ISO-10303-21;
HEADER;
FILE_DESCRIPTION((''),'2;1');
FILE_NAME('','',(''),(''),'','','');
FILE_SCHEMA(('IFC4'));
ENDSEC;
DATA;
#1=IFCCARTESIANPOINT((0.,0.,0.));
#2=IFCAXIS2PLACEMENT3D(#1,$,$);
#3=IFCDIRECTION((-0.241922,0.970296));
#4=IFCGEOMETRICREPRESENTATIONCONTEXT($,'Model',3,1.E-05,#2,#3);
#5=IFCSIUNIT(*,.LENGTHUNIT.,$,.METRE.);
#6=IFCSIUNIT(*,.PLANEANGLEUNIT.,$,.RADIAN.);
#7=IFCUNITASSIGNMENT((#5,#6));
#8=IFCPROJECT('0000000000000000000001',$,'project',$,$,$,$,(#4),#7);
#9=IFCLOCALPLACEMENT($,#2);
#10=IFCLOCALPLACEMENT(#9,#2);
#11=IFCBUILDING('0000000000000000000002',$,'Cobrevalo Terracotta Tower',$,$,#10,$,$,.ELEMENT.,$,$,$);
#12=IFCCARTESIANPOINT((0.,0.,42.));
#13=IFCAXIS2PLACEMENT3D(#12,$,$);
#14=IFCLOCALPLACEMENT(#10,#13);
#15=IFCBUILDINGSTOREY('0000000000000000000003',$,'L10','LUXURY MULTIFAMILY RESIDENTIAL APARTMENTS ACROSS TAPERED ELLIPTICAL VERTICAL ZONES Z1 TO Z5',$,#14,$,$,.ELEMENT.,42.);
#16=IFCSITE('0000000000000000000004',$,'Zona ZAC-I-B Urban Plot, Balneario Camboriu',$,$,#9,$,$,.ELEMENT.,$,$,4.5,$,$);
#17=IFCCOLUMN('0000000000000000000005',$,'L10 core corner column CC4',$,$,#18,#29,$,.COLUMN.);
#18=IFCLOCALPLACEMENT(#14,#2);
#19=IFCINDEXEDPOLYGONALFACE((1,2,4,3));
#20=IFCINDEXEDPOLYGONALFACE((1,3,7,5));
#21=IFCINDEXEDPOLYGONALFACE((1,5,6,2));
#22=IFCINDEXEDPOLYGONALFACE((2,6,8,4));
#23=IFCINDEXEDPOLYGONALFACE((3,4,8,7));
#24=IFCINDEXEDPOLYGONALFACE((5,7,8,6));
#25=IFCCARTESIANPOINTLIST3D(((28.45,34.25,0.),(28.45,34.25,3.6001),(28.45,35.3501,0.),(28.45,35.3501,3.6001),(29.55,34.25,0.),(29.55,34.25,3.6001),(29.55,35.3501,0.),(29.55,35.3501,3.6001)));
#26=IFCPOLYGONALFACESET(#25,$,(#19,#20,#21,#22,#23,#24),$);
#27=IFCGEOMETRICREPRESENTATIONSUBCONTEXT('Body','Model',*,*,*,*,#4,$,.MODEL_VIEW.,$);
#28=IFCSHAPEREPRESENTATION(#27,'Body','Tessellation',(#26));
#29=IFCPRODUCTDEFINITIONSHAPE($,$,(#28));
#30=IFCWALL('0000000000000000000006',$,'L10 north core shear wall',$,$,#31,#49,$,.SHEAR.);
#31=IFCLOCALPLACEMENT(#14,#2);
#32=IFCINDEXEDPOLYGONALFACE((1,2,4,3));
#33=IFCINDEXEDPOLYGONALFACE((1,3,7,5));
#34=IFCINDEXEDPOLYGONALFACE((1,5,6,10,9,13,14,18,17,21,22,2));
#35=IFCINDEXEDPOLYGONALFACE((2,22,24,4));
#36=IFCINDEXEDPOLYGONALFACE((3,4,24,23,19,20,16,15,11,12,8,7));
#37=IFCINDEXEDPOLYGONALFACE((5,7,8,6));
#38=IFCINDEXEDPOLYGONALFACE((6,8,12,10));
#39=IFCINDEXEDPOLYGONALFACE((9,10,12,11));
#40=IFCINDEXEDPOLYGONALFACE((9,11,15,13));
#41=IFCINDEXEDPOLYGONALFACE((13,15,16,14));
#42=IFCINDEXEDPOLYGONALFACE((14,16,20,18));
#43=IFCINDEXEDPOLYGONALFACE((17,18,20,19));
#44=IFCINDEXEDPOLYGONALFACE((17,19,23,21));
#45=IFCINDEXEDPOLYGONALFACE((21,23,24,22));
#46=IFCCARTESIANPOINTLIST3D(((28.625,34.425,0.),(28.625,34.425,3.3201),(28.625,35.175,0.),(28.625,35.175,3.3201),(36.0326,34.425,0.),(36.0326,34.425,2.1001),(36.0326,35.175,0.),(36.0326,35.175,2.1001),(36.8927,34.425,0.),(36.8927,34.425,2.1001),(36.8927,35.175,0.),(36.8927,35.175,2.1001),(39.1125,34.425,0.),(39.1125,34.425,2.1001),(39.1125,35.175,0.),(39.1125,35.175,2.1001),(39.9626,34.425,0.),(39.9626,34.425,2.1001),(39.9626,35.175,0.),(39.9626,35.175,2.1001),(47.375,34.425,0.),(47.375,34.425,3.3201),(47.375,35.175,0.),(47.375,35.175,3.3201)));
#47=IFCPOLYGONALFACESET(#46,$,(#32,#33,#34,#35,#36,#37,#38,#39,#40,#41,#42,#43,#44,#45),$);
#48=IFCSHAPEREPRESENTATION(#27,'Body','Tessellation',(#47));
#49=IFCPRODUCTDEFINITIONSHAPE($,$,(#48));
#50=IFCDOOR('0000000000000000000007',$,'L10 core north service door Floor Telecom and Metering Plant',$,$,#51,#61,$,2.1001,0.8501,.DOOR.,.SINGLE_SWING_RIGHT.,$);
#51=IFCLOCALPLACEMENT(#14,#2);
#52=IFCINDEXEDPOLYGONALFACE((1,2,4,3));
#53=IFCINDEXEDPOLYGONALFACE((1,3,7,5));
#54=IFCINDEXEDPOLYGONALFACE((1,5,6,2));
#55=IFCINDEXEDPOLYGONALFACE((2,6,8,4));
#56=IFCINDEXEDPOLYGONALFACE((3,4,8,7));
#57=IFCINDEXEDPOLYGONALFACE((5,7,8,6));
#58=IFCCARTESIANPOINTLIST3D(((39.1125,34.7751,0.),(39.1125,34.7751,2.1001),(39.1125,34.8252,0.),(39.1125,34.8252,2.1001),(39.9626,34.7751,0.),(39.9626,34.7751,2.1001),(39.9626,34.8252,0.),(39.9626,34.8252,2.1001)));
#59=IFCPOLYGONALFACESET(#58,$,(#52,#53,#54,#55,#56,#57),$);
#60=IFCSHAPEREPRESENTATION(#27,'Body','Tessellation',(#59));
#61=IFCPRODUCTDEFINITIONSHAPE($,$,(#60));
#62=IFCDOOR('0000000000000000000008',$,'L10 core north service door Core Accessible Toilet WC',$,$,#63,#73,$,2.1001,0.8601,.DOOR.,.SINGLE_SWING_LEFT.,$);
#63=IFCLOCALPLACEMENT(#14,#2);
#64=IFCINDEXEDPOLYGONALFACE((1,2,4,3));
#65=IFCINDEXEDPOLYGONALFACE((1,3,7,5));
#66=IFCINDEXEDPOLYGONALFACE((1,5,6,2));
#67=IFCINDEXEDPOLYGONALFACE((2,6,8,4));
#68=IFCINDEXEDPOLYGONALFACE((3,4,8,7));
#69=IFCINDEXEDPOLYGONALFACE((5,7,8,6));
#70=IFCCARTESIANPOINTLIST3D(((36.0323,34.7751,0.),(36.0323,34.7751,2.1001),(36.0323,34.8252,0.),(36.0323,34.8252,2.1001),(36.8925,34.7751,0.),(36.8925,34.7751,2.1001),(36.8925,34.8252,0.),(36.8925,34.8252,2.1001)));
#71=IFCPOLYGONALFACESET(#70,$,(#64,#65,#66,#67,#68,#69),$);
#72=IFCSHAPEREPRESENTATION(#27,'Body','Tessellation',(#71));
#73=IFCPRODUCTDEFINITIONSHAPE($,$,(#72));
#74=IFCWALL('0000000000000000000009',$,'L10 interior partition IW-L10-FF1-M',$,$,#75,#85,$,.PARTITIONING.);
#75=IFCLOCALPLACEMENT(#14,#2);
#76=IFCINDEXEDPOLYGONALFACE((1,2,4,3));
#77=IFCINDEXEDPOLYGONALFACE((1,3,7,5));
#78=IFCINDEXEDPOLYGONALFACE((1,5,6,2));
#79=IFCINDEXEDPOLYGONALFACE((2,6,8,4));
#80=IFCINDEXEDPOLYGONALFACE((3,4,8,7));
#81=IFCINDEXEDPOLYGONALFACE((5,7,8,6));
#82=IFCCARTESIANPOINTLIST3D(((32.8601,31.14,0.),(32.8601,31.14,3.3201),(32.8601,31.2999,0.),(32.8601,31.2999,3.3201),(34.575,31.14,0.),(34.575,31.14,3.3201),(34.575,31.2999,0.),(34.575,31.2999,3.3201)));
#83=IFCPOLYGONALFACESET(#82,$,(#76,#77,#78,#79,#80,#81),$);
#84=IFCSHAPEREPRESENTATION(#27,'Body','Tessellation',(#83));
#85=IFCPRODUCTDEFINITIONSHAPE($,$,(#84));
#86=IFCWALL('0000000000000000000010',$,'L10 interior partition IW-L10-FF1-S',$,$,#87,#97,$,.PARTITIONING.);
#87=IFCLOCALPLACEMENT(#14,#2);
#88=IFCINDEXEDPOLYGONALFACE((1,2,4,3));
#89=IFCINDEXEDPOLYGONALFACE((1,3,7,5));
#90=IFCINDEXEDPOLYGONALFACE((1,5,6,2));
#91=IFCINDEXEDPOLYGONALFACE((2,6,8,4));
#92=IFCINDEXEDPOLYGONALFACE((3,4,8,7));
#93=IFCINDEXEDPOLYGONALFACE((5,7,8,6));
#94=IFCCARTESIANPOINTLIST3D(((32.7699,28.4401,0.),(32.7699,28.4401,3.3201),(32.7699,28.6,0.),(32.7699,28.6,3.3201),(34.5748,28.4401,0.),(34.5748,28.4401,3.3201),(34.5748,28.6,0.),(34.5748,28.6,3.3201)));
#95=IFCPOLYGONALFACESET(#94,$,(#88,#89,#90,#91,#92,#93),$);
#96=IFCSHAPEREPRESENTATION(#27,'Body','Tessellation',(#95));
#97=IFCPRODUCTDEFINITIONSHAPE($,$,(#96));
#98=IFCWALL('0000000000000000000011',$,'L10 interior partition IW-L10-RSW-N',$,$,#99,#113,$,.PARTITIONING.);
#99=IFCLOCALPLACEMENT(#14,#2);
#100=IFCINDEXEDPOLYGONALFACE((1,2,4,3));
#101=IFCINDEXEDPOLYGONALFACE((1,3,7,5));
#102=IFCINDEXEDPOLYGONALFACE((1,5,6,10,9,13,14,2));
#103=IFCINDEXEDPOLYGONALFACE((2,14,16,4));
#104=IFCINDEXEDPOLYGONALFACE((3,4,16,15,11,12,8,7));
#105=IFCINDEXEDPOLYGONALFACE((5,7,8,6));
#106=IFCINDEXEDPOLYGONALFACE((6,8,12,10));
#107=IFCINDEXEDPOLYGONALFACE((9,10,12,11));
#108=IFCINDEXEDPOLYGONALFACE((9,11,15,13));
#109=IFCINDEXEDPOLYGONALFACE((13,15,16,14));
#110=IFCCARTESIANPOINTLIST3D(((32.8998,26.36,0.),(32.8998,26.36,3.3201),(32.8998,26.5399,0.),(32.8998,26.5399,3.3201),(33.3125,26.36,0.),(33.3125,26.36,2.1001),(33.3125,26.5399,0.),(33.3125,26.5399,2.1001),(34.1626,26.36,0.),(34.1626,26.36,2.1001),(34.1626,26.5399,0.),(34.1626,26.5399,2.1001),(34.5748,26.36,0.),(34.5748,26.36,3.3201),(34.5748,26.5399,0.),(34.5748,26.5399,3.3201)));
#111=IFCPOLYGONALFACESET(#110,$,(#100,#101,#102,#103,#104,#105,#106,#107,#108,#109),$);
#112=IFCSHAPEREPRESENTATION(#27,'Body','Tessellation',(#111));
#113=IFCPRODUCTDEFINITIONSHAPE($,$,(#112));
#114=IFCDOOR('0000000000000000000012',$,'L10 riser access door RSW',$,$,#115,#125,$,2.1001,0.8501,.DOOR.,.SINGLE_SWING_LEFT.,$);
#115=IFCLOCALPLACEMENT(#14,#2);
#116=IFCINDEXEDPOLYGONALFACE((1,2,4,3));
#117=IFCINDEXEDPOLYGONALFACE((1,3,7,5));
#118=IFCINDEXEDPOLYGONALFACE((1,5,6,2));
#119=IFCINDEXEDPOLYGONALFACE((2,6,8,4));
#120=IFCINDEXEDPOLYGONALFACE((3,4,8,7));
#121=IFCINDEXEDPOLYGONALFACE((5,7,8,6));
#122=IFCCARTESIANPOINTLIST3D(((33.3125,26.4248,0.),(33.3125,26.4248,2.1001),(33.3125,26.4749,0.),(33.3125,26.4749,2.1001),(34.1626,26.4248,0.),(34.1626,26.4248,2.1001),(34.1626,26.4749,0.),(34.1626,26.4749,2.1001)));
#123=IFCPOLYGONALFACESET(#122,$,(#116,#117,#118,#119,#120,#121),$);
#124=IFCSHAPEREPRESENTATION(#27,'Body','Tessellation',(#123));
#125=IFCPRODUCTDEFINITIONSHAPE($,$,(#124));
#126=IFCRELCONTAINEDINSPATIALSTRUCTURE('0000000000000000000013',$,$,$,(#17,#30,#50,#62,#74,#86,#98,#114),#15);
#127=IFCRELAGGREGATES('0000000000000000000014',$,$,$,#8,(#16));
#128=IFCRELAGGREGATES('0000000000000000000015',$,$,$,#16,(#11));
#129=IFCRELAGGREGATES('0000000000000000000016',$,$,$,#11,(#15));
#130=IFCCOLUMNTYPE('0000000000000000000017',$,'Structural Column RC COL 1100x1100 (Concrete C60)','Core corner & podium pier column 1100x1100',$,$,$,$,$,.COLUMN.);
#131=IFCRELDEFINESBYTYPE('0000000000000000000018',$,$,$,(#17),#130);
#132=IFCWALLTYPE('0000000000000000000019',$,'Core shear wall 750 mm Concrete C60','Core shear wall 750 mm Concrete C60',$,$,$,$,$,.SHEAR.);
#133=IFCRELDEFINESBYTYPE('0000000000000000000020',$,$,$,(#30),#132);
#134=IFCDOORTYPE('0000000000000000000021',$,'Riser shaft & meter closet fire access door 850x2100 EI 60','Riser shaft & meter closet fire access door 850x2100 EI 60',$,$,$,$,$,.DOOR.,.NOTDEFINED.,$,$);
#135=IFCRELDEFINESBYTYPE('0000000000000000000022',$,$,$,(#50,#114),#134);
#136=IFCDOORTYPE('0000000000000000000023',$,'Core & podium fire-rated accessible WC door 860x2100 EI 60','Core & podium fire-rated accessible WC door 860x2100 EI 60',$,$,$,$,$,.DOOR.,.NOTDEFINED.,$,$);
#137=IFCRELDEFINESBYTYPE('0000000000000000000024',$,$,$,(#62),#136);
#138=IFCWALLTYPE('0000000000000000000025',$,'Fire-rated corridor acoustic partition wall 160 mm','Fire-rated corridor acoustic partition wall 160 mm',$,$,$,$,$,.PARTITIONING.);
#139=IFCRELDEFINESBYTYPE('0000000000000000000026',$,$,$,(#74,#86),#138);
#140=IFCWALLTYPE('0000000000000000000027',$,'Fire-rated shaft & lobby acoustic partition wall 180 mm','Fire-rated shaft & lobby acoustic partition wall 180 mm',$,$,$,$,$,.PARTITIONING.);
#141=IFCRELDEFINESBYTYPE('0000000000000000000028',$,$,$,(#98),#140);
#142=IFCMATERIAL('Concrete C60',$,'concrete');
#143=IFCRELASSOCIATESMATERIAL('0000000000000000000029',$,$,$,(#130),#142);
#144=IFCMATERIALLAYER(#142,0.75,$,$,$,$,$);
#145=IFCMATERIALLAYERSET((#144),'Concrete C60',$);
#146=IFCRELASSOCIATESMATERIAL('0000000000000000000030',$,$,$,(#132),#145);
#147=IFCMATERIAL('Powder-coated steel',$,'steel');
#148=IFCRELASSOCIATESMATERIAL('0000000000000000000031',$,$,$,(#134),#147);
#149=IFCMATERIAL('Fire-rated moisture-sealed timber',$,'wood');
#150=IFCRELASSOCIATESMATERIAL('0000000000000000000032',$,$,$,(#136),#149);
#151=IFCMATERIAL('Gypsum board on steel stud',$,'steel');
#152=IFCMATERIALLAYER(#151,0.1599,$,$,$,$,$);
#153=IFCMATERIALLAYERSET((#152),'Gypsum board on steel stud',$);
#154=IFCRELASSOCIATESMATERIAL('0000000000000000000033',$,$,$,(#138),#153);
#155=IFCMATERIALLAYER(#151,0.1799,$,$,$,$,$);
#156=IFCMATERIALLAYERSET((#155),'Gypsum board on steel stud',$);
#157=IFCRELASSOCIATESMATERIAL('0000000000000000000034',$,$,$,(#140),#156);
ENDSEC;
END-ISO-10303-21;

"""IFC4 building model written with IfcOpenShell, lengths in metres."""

from ifc_helpers import new_model, si_unit, direction, frame, frame_2d, origin, origin_2d, place, context, subcontext, project, spatial, rectangle, extrude, source, transform, mapped, material, layer, layer_set, material_profile, profile_set, type_object, element, fill, save


model = new_model("IFC4")

# Units and contexts
model_context = context("Model", 3, precision=1e-05, world=origin(), true_north=direction((-0.241922, 0.970296)))
body_context = subcontext(model_context, "Body", "Model", "MODEL_VIEW")
ifc_project = project(units=[si_unit("LENGTHUNIT", "METRE"), si_unit("PLANEANGLEUNIT", "RADIAN")], contexts=[model_context])

# Site, building, storey
site_placement = place(None, origin())
site = spatial("IfcSite", under=ifc_project, at=site_placement, Name="Zona ZAC-I-B Urban Plot, Balneario Camboriu", CompositionType="ELEMENT", RefElevation=4.5)
building_placement = place(site_placement, origin())
building = spatial("IfcBuilding", under=site, at=building_placement, Name="Cobrevalo Terracotta Tower", CompositionType="ELEMENT")
storey_placement = place(building_placement, frame((0.0, 0.0, 42.0)))
storey = spatial("IfcBuildingStorey", under=building, at=storey_placement, Name="L10", Description="LUXURY MULTIFAMILY RESIDENTIAL APARTMENTS ACROSS TAPERED ELLIPTICAL VERTICAL ZONES Z1 TO Z5", CompositionType="ELEMENT", Elevation=42.0)

# Column
ifc_material_1 = material(Name="Concrete C60", Category="concrete")
ifc_material_profile = material_profile(ifc_material_1, rectangle(XDim=1.1001, YDim=1.1001, at=origin_2d()), Name="RC COL 1100x1100")
ifc_profile_set = profile_set([ifc_material_profile], Name="Concrete C60")
column_type = type_object("IfcColumnType", Name="Structural Column RC COL 1100x1100 (Concrete C60)", Description="Core corner & podium pier column 1100x1100", PredefinedType="COLUMN", material=ifc_profile_set)
column_placement = place(storey_placement, frame((29.0, 34.8, 0.0), z_axis=(0.0, 0.0, 1.0), x_axis=(1.0, 0.0, 0.0)))
element("IfcColumn", 1, at=column_placement, inside=storey, type_object=column_type, Name="L10 core corner column CC4", PredefinedType="COLUMN", context=body_context, shape_type="SweptSolid", body=[
    extrude(rectangle(XDim=1.1001, YDim=1.1001, at=origin_2d()), origin(), (0.0, 0.0, 1.0), 3.6001),
])

# Wall, openings, doors
ifc_layer_1 = layer(ifc_material_1, 0.75)
ifc_layer_set_1 = layer_set([ifc_layer_1], Name="Concrete C60")
wall_type_1 = type_object("IfcWallType", Name="Core shear wall 750 mm Concrete C60", Description="Core shear wall 750 mm Concrete C60", PredefinedType="SHEAR", material=ifc_layer_set_1)
wall_1_placement = place(storey_placement, frame((28.625, 34.8, 0.0), z_axis=(0.0, 0.0, 1.0), x_axis=(1.0, 0.0, 0.0)))
wall_1 = element("IfcWall", 2, at=wall_1_placement, inside=storey, type_object=wall_type_1, Name="L10 north core shear wall", PredefinedType="SHEAR", context=body_context, shape_type="SweptSolid", body=[
    extrude(rectangle(XDim=18.75, YDim=0.75, at=frame_2d((9.375, 0.0))), origin(), (0.0, 0.0, 1.0), 3.3201),
])
opening_1_placement = place(wall_1_placement, frame((7.4075, 0.0, 0.0)))
opening_1 = element("IfcOpeningElement", 3, at=opening_1_placement, cuts=wall_1, PredefinedType="OPENING", context=body_context, shape_type="SweptSolid", body=[
    extrude(rectangle(XDim=0.8601, YDim=2.1001, at=frame_2d((0.4302, 1.05))), frame((0.0, 0.385, 0.0), z_axis=(0.0, -1.0, 0.0), x_axis=(1.0, 0.0, 0.0)), (0.0, 0.0, 1.0), 0.77),
])
opening_2_placement = place(wall_1_placement, frame((10.4875, 0.0, 0.0)))
opening_2 = element("IfcOpeningElement", 4, at=opening_2_placement, cuts=wall_1, PredefinedType="OPENING", context=body_context, shape_type="SweptSolid", body=[
    extrude(rectangle(XDim=0.8501, YDim=2.1001, at=frame_2d((0.425, 1.05))), frame((0.0, 0.385, 0.0), z_axis=(0.0, -1.0, 0.0), x_axis=(1.0, 0.0, 0.0)), (0.0, 0.0, 1.0), 0.77),
])
ifc_material_2 = material(Name="Powder-coated steel", Category="steel")
door_type_1 = type_object("IfcDoorType", Name="Riser shaft & meter closet fire access door 850x2100 EI 60", Description="Riser shaft & meter closet fire access door 850x2100 EI 60", OperationType="NOTDEFINED", PredefinedType="DOOR", material=ifc_material_2)
shared_shape_1 = source(origin(), body_context, "Body", "SweptSolid", [
    extrude(rectangle(XDim=0.8501, YDim=2.1001, at=frame_2d((0.425, 1.05))), frame((0.0, 0.0249, 0.0), z_axis=(0.0, -1.0, 0.0), x_axis=(1.0, 0.0, 0.0)), (0.0, 0.0, 1.0), 0.05),
])
door_1_placement = place(opening_2_placement, frame((0.8501, 0.0, 0.0), z_axis=(0.0, 0.0, 1.0), x_axis=(-1.0, 0.0, 0.0)))
door_1 = element("IfcDoor", 5, at=door_1_placement, inside=storey, type_object=door_type_1, Name="L10 core north service door Floor Telecom and Metering Plant", OperationType="SINGLE_SWING_RIGHT", OverallHeight=2.1001, OverallWidth=0.8501, PredefinedType="DOOR", context=body_context, shape_type="MappedRepresentation", body=[
    mapped(shared_shape_1, transform((0.0, 0.0, 0.0), scale=1.0)),
])
fill(opening_2, door_1)
ifc_material_3 = material(Name="Fire-rated moisture-sealed timber", Category="wood")
door_type_2 = type_object("IfcDoorType", Name="Core & podium fire-rated accessible WC door 860x2100 EI 60", Description="Core & podium fire-rated accessible WC door 860x2100 EI 60", OperationType="NOTDEFINED", PredefinedType="DOOR", material=ifc_material_3)
shared_shape_2 = source(origin(), body_context, "Body", "SweptSolid", [
    extrude(rectangle(XDim=0.8601, YDim=2.1001, at=frame_2d((0.4302, 1.05))), frame((0.0, 0.0249, 0.0), z_axis=(0.0, -1.0, 0.0), x_axis=(1.0, 0.0, 0.0)), (0.0, 0.0, 1.0), 0.05),
])
door_2_placement = place(opening_1_placement, frame((0.8601, 0.0, 0.0), z_axis=(0.0, 0.0, 1.0), x_axis=(-1.0, 0.0, 0.0)))
door_2 = element("IfcDoor", 6, at=door_2_placement, inside=storey, type_object=door_type_2, Name="L10 core north service door Core Accessible Toilet WC", OperationType="SINGLE_SWING_LEFT", OverallHeight=2.1001, OverallWidth=0.8601, PredefinedType="DOOR", context=body_context, shape_type="MappedRepresentation", body=[
    mapped(shared_shape_2, transform((0.0, 0.0, 0.0), scale=1.0)),
])
fill(opening_1, door_2)

# Walls
ifc_material_4 = material(Name="Gypsum board on steel stud", Category="steel")
ifc_layer_2 = layer(ifc_material_4, 0.1599)
ifc_layer_set_2 = layer_set([ifc_layer_2], Name="Gypsum board on steel stud")
wall_type_2 = type_object("IfcWallType", Name="Fire-rated corridor acoustic partition wall 160 mm", Description="Fire-rated corridor acoustic partition wall 160 mm", PredefinedType="PARTITIONING", material=ifc_layer_set_2)
wall_2_placement = place(storey_placement, frame((32.8601, 31.22, 0.0), z_axis=(0.0, 0.0, 1.0), x_axis=(1.0, 0.0, 0.0)))
element("IfcWall", 7, at=wall_2_placement, inside=storey, type_object=wall_type_2, Name="L10 interior partition IW-L10-FF1-M", PredefinedType="PARTITIONING", context=body_context, shape_type="SweptSolid", body=[
    extrude(rectangle(XDim=1.7148, YDim=0.1599, at=frame_2d((0.8574, 0.0))), origin(), (0.0, 0.0, 1.0), 3.3201),
])
wall_3_placement = place(storey_placement, frame((32.77, 28.52, 0.0), z_axis=(0.0, 0.0, 1.0), x_axis=(1.0, 0.0, 0.0)))
element("IfcWall", 8, at=wall_3_placement, inside=storey, type_object=wall_type_2, Name="L10 interior partition IW-L10-FF1-S", PredefinedType="PARTITIONING", context=body_context, shape_type="SweptSolid", body=[
    extrude(rectangle(XDim=1.8049, YDim=0.1599, at=frame_2d((0.9023, 0.0))), origin(), (0.0, 0.0, 1.0), 3.3201),
])

# Wall, opening, door
ifc_layer_3 = layer(ifc_material_4, 0.1799)
ifc_layer_set_3 = layer_set([ifc_layer_3], Name="Gypsum board on steel stud")
wall_type_3 = type_object("IfcWallType", Name="Fire-rated shaft & lobby acoustic partition wall 180 mm", Description="Fire-rated shaft & lobby acoustic partition wall 180 mm", PredefinedType="PARTITIONING", material=ifc_layer_set_3)
wall_4_placement = place(storey_placement, frame((32.8999, 26.45, 0.0), z_axis=(0.0, 0.0, 1.0), x_axis=(1.0, 0.0, 0.0)))
wall_4 = element("IfcWall", 9, at=wall_4_placement, inside=storey, type_object=wall_type_3, Name="L10 interior partition IW-L10-RSW-N", PredefinedType="PARTITIONING", context=body_context, shape_type="SweptSolid", body=[
    extrude(rectangle(XDim=1.675, YDim=0.1799, at=frame_2d((0.8374, 0.0))), origin(), (0.0, 0.0, 1.0), 3.3201),
])
opening_3_placement = place(wall_4_placement, frame((0.4126, 0.0, 0.0)))
opening_3 = element("IfcOpeningElement", 10, at=opening_3_placement, cuts=wall_4, PredefinedType="OPENING", context=body_context, shape_type="SweptSolid", body=[
    extrude(rectangle(XDim=0.8501, YDim=2.1001, at=frame_2d((0.425, 1.05))), frame((0.0, 0.1001, 0.0), z_axis=(0.0, -1.0, 0.0), x_axis=(1.0, 0.0, 0.0)), (0.0, 0.0, 1.0), 0.2),
])
door_3_placement = place(opening_3_placement, origin())
door_3 = element("IfcDoor", 11, at=door_3_placement, inside=storey, type_object=door_type_1, Name="L10 riser access door RSW", OperationType="SINGLE_SWING_LEFT", OverallHeight=2.1001, OverallWidth=0.8501, PredefinedType="DOOR", context=body_context, shape_type="MappedRepresentation", body=[
    mapped(shared_shape_1, transform((0.0, 0.0, 0.0), scale=1.0)),
])
fill(opening_3, door_3)

save(model, "model.ifc")
